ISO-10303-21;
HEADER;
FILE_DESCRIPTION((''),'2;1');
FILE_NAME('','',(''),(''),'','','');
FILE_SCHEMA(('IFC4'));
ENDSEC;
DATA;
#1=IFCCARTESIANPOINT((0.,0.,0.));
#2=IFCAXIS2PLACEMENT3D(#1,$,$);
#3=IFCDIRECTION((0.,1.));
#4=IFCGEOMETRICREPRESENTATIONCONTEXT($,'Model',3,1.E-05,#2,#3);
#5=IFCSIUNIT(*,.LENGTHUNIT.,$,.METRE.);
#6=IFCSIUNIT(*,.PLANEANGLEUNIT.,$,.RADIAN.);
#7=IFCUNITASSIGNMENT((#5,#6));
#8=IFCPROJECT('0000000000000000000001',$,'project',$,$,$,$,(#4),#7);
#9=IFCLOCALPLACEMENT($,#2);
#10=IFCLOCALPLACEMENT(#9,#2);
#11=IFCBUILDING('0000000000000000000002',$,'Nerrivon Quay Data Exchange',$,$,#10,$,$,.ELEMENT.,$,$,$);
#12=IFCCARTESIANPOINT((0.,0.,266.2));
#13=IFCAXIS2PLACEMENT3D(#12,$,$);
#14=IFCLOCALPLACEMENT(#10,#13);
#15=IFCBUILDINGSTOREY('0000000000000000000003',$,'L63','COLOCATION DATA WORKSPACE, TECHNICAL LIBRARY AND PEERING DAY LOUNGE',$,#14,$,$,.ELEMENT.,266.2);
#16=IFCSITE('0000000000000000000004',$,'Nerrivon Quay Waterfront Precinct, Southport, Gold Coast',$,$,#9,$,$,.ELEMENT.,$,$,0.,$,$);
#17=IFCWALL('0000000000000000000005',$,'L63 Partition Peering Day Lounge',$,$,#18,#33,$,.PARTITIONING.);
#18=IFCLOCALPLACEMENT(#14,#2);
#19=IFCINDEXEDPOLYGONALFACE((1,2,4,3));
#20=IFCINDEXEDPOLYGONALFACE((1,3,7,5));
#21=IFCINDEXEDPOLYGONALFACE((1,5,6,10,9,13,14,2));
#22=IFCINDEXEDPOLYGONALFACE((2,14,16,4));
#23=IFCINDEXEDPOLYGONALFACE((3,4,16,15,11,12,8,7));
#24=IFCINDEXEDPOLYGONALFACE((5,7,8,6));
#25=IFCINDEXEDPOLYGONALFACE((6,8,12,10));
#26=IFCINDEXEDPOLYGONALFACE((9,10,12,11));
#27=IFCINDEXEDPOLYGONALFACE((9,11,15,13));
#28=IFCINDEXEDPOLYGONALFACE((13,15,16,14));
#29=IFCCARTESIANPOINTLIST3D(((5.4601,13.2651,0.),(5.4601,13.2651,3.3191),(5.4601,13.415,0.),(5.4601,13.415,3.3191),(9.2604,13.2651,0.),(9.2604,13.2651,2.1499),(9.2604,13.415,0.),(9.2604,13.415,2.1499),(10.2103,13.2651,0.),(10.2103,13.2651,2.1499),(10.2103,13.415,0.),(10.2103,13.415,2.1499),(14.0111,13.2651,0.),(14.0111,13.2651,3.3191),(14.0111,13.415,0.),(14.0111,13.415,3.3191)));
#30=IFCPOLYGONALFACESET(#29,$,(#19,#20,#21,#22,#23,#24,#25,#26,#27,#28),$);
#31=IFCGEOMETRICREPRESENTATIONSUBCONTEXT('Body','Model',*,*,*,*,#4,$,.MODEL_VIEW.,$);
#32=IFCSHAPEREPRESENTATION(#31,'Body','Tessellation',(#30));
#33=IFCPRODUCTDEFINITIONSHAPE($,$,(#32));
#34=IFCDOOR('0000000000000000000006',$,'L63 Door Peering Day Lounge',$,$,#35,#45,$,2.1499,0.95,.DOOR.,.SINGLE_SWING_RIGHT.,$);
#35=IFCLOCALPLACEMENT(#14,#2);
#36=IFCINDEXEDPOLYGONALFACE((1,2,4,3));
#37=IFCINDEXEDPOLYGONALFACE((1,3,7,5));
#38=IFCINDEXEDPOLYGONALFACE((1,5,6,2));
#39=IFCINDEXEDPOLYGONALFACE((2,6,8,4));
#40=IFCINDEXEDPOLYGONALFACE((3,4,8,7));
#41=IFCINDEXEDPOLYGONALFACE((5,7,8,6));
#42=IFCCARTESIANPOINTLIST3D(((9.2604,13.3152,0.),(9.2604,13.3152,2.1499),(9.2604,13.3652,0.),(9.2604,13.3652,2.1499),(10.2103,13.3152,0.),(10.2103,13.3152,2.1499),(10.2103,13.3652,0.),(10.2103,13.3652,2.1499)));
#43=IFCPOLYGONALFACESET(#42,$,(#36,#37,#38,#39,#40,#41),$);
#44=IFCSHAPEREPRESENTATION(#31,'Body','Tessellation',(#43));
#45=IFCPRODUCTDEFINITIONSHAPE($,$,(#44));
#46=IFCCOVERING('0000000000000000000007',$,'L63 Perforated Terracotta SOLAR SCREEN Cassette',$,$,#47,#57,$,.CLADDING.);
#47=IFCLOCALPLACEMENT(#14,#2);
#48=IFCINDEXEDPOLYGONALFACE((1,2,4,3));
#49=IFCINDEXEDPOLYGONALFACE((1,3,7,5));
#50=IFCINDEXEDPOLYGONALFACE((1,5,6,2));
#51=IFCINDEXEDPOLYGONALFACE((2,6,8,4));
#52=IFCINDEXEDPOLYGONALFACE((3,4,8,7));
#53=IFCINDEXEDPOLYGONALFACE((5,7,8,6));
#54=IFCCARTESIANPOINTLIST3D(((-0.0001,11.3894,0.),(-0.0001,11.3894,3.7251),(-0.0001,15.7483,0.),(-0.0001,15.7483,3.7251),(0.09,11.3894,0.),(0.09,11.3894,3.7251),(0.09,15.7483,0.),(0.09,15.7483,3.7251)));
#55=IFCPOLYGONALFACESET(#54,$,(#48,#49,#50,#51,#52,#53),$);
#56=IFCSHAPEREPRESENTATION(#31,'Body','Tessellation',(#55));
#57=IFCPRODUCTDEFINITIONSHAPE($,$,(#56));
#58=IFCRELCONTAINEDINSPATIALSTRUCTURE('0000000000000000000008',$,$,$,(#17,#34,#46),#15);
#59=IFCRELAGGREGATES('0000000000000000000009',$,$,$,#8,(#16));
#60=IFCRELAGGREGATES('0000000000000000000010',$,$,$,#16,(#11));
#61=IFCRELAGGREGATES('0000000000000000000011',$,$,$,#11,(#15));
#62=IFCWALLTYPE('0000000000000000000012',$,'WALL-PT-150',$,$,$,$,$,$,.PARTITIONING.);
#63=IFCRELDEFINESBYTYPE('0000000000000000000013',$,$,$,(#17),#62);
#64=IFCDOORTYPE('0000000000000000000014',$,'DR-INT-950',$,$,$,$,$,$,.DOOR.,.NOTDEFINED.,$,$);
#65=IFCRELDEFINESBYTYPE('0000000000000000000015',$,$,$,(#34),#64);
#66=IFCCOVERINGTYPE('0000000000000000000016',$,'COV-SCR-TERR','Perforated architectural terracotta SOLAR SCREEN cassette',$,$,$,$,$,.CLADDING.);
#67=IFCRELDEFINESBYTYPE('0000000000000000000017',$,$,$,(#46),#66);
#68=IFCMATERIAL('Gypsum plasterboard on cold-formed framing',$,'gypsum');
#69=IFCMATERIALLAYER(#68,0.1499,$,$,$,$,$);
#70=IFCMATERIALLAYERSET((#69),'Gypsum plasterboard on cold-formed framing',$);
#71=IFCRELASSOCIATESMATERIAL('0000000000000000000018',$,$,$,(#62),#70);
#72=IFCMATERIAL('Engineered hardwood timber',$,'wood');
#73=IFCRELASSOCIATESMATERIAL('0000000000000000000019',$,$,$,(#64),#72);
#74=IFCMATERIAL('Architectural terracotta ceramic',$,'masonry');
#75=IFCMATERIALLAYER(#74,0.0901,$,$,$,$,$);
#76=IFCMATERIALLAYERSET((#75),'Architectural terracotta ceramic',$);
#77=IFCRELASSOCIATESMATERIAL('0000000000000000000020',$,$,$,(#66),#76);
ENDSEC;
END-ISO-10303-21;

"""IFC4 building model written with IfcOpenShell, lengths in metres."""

from ifc_helpers import new_model, si_unit, direction, frame, frame_2d, origin, origin_2d, place, context, subcontext, project, spatial, rectangle, extrude, material, layer, layer_set, type_object, element, fill, save


model = new_model("IFC4")

# Units and contexts
model_context = context("Model", 3, precision=1e-05, world=origin(), true_north=direction((0.0, 1.0)))
body_context = subcontext(model_context, "Body", "Model", "MODEL_VIEW")
ifc_project = project(units=[si_unit("LENGTHUNIT", "METRE"), si_unit("PLANEANGLEUNIT", "RADIAN")], contexts=[model_context])

# Site, building, storey
site_placement = place(None, origin())
site = spatial("IfcSite", under=ifc_project, at=site_placement, Name="Nerrivon Quay Waterfront Precinct, Southport, Gold Coast", CompositionType="ELEMENT", RefElevation=0.0)
building_placement = place(site_placement, origin())
building = spatial("IfcBuilding", under=site, at=building_placement, Name="Nerrivon Quay Data Exchange", CompositionType="ELEMENT")
storey_placement = place(building_placement, frame((0.0, 0.0, 266.2)))
storey = spatial("IfcBuildingStorey", under=building, at=storey_placement, Name="L63", Description="COLOCATION DATA WORKSPACE, TECHNICAL LIBRARY AND PEERING DAY LOUNGE", CompositionType="ELEMENT", Elevation=266.2)

# Shared definitions
ifc_material_1 = material(Name="Gypsum plasterboard on cold-formed framing", Category="gypsum")
ifc_material_2 = material(Name="Engineered hardwood timber", Category="wood")

# Shared definitions
ifc_layer_1 = layer(ifc_material_1, 0.1499)
ifc_layer_set_1 = layer_set([ifc_layer_1], Name="Gypsum plasterboard on cold-formed framing")
wall_type_1 = type_object("IfcWallType", Name="WALL-PT-150", PredefinedType="PARTITIONING", material=ifc_layer_set_1)
door_type_1 = type_object("IfcDoorType", Name="DR-INT-950", OperationType="NOTDEFINED", PredefinedType="DOOR", material=ifc_material_2)

# Wall, opening, door
wall_1_placement = place(storey_placement, frame((14.011, 13.3401, 0.0), z_axis=(0.0, 0.0, 1.0), x_axis=(-1.0, 0.0, 0.0)))
wall_1 = element("IfcWall", 1, at=wall_1_placement, inside=storey, type_object=wall_type_1, Name="L63 Partition Peering Day Lounge", PredefinedType="PARTITIONING", context=body_context, shape_type="SweptSolid", body=[
    extrude(rectangle(XDim=8.551, YDim=0.1499, at=frame_2d((4.2754, 0.0))), origin(), (0.0, 0.0, 1.0), 3.3191),
])
opening_1_placement = place(wall_1_placement, frame((3.8005, 0.0, 0.0)))
opening_1 = element("IfcOpeningElement", 2, at=opening_1_placement, cuts=wall_1, PredefinedType="OPENING", context=body_context, shape_type="SweptSolid", body=[
    extrude(rectangle(XDim=0.95, YDim=2.1499, at=frame_2d((0.4751, 1.075))), frame((0.0, 0.085, 0.0), z_axis=(0.0, -1.0, 0.0), x_axis=(1.0, 0.0, 0.0)), (0.0, 0.0, 1.0), 0.1699),
])
door_1_placement = place(opening_1_placement, origin())
door_1 = element("IfcDoor", 3, at=door_1_placement, inside=storey, type_object=door_type_1, Name="L63 Door Peering Day Lounge", OperationType="SINGLE_SWING_RIGHT", OverallHeight=2.1499, OverallWidth=0.95, PredefinedType="DOOR", context=body_context, shape_type="SweptSolid", body=[
    extrude(rectangle(XDim=0.95, YDim=2.1499, at=frame_2d((0.4751, 1.075))), frame((0.0, 0.0249, 0.0), z_axis=(0.0, -1.0, 0.0), x_axis=(1.0, 0.0, 0.0)), (0.0, 0.0, 1.0), 0.05),
])
fill(opening_1, door_1)

# Covering
ifc_material_3 = material(Name="Architectural terracotta ceramic", Category="masonry")
ifc_layer_2 = layer(ifc_material_3, 0.0901)
ifc_layer_set_2 = layer_set([ifc_layer_2], Name="Architectural terracotta ceramic")
covering_type = type_object("IfcCoveringType", Name="COV-SCR-TERR", Description="Perforated architectural terracotta SOLAR SCREEN cassette", PredefinedType="CLADDING", material=ifc_layer_set_2)
covering_placement = place(storey_placement, frame((0.0449, 13.5688, 0.0), z_axis=(0.0, 0.0, 1.0), x_axis=(0.0, 1.0, 0.0)))
element("IfcCovering", 4, at=covering_placement, inside=storey, type_object=covering_type, Name="L63 Perforated Terracotta SOLAR SCREEN Cassette", PredefinedType="CLADDING", context=body_context, shape_type="SweptSolid", body=[
    extrude(rectangle(XDim=4.3589, YDim=0.0901, at=origin_2d()), origin(), (0.0, 0.0, 1.0), 3.7251),
])

save(model, "model.ifc")
